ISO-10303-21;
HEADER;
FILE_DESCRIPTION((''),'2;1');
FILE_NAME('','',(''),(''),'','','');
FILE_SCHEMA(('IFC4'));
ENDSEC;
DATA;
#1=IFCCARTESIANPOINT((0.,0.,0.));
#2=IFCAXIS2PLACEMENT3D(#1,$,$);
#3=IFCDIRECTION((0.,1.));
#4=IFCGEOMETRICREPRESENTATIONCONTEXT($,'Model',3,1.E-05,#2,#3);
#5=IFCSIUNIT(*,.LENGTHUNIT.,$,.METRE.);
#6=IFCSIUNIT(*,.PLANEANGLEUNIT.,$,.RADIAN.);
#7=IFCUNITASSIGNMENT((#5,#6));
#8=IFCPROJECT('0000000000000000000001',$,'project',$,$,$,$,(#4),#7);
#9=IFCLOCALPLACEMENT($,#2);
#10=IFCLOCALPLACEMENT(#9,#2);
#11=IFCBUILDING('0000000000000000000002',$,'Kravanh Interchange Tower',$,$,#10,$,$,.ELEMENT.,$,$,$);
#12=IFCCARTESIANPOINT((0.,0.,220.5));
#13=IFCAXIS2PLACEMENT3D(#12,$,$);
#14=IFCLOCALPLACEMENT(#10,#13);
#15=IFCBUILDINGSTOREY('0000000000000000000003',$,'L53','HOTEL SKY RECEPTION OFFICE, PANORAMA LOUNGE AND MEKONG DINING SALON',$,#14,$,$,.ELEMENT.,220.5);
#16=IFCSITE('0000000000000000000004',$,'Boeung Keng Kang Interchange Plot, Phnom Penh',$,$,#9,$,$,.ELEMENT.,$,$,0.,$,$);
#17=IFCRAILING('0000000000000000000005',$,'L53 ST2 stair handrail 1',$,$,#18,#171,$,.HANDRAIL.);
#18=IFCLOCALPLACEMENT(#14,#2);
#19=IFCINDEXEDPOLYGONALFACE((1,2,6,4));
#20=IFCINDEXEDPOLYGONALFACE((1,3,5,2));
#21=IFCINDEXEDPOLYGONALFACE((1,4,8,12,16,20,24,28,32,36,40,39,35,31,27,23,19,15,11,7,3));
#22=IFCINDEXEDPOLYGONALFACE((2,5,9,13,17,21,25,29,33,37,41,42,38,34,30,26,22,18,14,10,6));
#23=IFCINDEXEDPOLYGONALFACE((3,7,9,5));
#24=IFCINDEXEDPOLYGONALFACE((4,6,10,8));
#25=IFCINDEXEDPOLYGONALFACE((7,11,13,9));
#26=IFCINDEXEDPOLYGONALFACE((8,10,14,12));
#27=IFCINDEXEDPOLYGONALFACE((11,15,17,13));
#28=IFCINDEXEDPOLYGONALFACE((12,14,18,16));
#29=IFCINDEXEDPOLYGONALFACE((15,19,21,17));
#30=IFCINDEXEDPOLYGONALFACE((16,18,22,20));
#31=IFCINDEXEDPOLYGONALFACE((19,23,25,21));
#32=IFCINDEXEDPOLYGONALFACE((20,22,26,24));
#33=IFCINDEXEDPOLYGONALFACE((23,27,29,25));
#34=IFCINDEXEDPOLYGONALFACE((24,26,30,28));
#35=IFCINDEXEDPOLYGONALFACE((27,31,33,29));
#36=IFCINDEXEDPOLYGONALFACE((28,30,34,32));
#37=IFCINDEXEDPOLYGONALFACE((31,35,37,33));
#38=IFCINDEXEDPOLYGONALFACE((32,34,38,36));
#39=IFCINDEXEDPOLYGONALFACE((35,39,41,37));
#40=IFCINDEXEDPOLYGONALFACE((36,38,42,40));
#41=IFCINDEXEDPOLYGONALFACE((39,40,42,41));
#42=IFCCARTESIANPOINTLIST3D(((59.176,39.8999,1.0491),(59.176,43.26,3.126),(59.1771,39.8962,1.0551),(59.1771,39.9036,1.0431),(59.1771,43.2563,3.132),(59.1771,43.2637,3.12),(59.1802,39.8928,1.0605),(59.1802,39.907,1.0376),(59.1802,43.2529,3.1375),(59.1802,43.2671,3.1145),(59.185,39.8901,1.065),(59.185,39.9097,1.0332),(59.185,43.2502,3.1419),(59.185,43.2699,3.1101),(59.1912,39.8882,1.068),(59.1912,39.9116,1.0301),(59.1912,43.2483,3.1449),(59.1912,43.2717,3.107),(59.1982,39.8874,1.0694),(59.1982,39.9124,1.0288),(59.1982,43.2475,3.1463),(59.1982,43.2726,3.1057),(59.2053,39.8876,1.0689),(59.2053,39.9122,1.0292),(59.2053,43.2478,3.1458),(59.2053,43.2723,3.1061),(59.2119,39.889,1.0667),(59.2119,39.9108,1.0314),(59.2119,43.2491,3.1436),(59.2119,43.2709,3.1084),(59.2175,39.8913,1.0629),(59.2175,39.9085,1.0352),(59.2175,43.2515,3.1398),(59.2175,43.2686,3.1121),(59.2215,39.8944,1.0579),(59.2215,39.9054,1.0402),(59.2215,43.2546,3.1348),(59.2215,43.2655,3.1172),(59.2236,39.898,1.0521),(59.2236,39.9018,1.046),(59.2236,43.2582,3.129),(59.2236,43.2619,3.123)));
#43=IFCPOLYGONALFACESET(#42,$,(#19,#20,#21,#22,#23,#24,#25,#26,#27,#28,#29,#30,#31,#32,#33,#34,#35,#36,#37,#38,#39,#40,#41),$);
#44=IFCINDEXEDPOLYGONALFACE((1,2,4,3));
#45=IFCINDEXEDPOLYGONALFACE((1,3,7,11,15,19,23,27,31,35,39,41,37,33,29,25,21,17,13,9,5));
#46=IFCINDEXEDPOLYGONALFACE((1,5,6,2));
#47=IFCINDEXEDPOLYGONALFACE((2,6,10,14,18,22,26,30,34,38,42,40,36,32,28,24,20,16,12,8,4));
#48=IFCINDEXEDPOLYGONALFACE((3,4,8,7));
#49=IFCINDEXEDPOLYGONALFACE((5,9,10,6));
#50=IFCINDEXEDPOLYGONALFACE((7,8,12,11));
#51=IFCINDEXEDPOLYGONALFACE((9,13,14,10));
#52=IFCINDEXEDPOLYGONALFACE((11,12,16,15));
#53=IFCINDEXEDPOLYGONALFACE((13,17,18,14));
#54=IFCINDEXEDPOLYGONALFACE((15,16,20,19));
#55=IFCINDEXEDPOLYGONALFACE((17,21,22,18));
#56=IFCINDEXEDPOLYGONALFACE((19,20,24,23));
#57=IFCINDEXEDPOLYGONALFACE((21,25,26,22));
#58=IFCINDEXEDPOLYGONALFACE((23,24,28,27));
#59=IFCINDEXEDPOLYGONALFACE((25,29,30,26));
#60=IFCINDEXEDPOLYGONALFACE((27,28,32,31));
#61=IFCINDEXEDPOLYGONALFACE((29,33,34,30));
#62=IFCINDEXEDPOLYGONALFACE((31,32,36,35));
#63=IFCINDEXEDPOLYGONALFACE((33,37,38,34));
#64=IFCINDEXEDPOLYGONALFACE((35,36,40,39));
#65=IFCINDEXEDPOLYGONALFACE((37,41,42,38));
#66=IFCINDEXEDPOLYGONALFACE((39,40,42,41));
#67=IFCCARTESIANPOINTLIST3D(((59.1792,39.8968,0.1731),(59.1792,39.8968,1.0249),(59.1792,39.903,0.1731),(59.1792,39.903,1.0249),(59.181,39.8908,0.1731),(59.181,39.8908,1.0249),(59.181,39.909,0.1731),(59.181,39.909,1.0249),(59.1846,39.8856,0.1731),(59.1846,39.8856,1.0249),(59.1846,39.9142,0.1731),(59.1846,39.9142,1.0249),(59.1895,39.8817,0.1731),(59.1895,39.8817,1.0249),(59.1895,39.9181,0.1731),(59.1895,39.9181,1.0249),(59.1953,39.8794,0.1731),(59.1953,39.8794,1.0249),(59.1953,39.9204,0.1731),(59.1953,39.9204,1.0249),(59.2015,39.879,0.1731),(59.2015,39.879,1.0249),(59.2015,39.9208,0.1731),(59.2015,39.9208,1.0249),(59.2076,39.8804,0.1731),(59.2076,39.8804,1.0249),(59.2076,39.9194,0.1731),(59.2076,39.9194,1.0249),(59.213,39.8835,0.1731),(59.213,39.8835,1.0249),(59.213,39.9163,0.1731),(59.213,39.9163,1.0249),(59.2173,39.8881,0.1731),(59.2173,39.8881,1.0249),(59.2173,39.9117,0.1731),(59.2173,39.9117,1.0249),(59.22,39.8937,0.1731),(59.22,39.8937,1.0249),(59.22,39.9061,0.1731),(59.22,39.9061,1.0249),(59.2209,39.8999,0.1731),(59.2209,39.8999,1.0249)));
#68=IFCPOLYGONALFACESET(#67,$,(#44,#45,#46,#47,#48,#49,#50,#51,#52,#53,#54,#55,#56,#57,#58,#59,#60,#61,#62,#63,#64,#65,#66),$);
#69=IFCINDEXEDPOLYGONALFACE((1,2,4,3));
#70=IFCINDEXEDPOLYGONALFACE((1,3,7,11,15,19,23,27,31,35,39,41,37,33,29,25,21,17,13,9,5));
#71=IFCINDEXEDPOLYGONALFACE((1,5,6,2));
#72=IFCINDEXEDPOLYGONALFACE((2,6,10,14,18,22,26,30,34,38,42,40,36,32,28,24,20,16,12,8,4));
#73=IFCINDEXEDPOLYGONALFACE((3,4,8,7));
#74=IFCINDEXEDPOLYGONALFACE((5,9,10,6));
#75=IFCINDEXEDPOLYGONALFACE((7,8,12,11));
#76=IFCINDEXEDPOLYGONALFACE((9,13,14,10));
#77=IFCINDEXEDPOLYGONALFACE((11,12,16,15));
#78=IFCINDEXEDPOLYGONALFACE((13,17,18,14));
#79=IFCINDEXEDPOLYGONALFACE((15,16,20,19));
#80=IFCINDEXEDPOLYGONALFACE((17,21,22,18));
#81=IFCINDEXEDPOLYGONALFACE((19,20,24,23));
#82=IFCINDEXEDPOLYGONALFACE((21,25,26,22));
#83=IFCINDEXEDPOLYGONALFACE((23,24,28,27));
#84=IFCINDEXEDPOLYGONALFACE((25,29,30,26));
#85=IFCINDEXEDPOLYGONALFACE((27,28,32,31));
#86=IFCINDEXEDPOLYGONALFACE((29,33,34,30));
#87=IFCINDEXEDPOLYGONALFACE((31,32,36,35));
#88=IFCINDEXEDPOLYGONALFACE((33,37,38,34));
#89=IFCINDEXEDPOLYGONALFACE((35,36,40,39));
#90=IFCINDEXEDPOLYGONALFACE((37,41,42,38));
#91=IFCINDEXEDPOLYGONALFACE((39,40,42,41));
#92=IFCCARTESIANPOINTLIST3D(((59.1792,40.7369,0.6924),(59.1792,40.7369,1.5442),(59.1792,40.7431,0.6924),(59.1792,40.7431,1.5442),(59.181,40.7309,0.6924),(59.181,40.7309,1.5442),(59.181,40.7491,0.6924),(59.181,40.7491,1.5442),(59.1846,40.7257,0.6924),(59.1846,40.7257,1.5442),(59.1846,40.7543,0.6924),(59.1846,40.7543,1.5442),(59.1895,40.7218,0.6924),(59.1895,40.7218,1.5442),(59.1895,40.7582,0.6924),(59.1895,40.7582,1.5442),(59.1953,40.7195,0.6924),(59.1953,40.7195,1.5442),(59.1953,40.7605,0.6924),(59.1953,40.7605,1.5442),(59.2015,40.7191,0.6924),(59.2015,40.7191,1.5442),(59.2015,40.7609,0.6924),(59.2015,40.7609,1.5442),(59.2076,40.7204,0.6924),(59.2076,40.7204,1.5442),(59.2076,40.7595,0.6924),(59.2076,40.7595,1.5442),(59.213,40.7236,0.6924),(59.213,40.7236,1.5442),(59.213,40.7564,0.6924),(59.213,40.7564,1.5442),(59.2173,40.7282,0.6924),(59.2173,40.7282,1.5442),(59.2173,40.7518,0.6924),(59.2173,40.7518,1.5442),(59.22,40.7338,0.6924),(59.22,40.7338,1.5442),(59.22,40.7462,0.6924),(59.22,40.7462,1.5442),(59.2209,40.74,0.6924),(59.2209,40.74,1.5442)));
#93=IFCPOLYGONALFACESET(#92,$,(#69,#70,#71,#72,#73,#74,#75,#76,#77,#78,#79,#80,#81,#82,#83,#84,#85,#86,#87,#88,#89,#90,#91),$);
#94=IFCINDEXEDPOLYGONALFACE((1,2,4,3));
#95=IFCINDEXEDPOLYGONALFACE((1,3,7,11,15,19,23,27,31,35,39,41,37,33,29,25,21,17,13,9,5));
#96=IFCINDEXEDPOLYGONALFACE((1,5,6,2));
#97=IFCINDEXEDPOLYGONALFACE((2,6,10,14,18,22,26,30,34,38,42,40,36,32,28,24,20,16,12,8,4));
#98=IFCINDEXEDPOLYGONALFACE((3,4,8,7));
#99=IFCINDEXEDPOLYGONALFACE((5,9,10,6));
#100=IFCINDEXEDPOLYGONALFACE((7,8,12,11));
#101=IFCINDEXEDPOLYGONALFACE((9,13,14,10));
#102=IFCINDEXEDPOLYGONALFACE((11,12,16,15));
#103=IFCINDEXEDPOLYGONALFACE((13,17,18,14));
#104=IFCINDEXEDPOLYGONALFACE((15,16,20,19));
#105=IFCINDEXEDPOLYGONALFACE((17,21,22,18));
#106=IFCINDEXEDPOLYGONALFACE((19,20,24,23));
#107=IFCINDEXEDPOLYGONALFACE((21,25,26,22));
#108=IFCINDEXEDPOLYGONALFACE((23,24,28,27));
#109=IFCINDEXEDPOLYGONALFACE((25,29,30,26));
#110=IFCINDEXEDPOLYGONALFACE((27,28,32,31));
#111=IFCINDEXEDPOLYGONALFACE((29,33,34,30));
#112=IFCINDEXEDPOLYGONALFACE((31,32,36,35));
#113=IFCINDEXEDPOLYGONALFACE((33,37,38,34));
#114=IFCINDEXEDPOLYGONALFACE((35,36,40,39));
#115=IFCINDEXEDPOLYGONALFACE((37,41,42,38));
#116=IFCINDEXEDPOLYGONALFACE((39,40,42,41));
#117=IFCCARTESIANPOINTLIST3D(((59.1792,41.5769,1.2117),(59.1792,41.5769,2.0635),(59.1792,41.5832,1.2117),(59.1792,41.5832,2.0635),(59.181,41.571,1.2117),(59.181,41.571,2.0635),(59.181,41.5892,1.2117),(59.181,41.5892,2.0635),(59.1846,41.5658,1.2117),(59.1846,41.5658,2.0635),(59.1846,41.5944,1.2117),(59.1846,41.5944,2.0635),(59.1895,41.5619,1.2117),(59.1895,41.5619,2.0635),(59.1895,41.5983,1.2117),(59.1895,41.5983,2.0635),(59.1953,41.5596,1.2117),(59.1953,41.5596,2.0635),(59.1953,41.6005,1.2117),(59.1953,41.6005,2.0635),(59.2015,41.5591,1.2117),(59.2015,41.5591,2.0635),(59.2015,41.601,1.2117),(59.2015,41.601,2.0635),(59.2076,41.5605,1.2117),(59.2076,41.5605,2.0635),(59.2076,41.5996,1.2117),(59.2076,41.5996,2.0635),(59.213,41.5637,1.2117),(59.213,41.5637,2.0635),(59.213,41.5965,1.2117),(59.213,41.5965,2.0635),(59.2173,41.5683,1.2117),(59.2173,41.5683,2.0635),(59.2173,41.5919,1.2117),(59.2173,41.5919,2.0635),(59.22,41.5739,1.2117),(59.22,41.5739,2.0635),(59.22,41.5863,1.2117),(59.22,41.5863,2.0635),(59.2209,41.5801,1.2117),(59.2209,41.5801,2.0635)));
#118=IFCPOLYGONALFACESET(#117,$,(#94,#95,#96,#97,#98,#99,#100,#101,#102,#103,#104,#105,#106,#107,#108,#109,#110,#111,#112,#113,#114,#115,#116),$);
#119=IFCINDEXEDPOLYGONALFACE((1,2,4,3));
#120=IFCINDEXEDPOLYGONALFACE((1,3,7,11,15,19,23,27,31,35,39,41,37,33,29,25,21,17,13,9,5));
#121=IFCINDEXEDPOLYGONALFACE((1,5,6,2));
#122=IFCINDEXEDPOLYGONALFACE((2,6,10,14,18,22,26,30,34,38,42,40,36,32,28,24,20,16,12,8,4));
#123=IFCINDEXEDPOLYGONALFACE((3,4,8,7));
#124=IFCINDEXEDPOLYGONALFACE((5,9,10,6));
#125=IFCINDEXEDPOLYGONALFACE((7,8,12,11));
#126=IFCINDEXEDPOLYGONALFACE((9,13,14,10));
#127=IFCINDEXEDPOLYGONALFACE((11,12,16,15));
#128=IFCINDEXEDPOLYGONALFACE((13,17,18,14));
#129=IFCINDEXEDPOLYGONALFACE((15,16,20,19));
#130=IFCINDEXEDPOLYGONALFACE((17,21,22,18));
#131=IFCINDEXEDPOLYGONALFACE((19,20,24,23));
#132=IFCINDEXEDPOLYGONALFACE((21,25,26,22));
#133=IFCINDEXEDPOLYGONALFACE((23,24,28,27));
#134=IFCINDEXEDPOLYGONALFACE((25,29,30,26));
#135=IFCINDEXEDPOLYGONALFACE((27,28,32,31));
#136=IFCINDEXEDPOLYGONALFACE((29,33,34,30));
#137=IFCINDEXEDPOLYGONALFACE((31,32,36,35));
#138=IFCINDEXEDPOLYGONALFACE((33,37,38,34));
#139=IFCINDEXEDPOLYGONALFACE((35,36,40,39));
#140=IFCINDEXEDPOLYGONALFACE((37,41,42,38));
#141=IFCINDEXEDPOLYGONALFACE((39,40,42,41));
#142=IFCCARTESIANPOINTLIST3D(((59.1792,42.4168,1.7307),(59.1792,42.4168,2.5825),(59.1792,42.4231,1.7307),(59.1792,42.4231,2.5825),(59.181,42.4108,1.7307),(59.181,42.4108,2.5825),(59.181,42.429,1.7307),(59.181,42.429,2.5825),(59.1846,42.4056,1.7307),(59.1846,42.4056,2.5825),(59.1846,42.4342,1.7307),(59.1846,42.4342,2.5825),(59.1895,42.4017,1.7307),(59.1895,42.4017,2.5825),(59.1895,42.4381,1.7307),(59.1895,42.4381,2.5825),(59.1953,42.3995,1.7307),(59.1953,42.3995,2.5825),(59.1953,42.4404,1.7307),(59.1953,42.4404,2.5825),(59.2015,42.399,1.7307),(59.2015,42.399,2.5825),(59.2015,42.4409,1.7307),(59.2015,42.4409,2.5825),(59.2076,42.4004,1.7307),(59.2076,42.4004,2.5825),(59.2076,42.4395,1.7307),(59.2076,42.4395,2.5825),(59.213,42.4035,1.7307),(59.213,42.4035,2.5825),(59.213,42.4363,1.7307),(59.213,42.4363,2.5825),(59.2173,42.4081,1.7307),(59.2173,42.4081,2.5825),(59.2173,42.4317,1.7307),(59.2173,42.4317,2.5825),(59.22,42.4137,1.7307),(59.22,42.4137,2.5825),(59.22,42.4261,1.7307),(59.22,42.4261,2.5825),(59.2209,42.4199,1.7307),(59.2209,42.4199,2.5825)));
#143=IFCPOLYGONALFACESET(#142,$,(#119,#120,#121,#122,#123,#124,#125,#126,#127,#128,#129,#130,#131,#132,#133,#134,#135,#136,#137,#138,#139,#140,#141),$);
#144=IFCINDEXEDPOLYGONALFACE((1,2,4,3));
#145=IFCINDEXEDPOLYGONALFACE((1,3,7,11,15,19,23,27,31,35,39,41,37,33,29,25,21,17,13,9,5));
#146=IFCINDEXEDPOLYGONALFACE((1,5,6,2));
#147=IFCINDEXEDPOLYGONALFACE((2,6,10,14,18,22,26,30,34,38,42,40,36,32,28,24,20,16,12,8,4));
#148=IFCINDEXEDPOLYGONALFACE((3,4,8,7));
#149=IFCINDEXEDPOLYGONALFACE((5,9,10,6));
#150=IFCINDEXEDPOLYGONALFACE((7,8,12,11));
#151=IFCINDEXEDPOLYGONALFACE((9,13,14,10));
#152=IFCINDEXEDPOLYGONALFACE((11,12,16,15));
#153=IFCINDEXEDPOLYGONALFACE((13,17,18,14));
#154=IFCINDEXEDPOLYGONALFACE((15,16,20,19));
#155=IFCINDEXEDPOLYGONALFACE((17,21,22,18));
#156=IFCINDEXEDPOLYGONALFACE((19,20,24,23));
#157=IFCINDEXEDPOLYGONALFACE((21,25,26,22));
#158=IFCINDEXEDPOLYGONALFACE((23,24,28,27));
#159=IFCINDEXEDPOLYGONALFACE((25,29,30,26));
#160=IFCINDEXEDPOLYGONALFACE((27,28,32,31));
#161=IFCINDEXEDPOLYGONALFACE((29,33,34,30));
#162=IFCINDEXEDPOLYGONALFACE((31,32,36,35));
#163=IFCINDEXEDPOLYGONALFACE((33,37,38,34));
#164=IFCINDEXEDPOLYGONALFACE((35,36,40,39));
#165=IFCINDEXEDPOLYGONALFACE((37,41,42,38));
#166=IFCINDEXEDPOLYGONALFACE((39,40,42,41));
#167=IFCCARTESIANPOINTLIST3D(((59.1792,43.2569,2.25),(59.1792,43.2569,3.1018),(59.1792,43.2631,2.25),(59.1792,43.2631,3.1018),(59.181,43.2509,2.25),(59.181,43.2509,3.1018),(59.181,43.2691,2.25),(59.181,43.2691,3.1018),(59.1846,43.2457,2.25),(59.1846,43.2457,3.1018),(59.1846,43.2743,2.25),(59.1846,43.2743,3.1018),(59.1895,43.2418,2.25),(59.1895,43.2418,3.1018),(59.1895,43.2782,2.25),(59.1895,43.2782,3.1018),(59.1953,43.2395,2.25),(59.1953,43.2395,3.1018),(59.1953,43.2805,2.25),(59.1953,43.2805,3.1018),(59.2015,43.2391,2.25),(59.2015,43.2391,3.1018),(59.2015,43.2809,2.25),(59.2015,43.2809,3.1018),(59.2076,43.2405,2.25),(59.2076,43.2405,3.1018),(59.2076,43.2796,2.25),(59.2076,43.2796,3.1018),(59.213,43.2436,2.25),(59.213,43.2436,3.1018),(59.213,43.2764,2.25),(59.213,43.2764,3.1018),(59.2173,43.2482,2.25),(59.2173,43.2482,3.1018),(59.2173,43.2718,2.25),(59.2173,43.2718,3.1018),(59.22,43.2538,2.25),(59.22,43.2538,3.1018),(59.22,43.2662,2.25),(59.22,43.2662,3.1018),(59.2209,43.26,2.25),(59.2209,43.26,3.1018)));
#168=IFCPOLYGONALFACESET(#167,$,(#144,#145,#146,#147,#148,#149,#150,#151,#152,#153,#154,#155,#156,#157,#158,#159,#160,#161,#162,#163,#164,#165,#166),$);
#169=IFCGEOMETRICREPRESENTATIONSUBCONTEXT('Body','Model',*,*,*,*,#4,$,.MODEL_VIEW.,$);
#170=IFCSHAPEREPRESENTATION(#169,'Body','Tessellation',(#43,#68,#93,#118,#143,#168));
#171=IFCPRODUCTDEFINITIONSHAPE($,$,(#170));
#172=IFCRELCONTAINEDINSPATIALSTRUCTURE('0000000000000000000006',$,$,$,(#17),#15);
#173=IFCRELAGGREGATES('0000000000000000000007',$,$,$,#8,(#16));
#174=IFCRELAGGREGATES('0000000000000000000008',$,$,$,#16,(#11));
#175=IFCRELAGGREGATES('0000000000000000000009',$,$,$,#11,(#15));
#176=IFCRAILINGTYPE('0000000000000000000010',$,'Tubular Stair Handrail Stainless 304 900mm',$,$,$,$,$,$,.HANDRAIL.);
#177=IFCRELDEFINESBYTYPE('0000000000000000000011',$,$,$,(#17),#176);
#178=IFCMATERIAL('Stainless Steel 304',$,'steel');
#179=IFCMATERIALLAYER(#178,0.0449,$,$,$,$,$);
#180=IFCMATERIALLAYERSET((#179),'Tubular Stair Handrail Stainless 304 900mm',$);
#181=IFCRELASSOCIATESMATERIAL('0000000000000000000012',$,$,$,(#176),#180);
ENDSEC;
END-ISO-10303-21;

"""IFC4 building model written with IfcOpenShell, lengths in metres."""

from ifc_helpers import new_model, si_unit, direction, frame, origin, origin_2d, place, context, subcontext, project, spatial, circle, extrude, material, layer, layer_set, type_object, element, save


model = new_model("IFC4")

# Units and contexts
model_context = context("Model", 3, precision=1e-05, world=origin(), true_north=direction((0.0, 1.0)))
body_context = subcontext(model_context, "Body", "Model", "MODEL_VIEW")
ifc_project = project(units=[si_unit("LENGTHUNIT", "METRE"), si_unit("PLANEANGLEUNIT", "RADIAN")], contexts=[model_context])

# Site, building, storey
site_placement = place(None, origin())
site = spatial("IfcSite", under=ifc_project, at=site_placement, Name="Boeung Keng Kang Interchange Plot, Phnom Penh", CompositionType="ELEMENT", RefElevation=0.0)
building_placement = place(site_placement, origin())
building = spatial("IfcBuilding", under=site, at=building_placement, Name="Kravanh Interchange Tower", CompositionType="ELEMENT")
storey_placement = place(building_placement, frame((0.0, 0.0, 220.5)))
storey = spatial("IfcBuildingStorey", under=building, at=storey_placement, Name="L53", Description="HOTEL SKY RECEPTION OFFICE, PANORAMA LOUNGE AND MEKONG DINING SALON", CompositionType="ELEMENT", Elevation=220.5)

# Railing
ifc_material_1 = material(Name="Stainless Steel 304", Category="steel")
ifc_layer_1 = layer(ifc_material_1, 0.0449)
ifc_layer_set_1 = layer_set([ifc_layer_1], Name="Tubular Stair Handrail Stainless 304 900mm")
railing_type_1 = type_object("IfcRailingType", Name="Tubular Stair Handrail Stainless 304 900mm", PredefinedType="HANDRAIL", material=ifc_layer_set_1)
railing_1_placement = place(storey_placement, frame((59.2, 39.8999, 0.1731)))
element("IfcRailing", 1, at=railing_1_placement, inside=storey, type_object=railing_type_1, Name="L53 ST2 stair handrail 1", PredefinedType="HANDRAIL", context=body_context, shape_type="SweptSolid", body=[
    extrude(circle(Radius=0.0239, at=origin_2d()), frame((0.0, 0.0, 0.876), z_axis=(0.0, 0.850623, 0.525776), x_axis=(-1.0, 0.0, 0.0)), (0.0, 0.0, 1.0), 3.9502),
    extrude(circle(Radius=0.021, at=origin_2d()), origin(), (0.0, 0.0, 1.0), 0.8518),
    extrude(circle(Radius=0.021, at=origin_2d()), frame((0.0, 0.8401, 0.5193)), (0.0, 0.0, 1.0), 0.8518),
    extrude(circle(Radius=0.021, at=origin_2d()), frame((0.0, 1.6802, 1.0386)), (0.0, 0.0, 1.0), 0.8518),
    extrude(circle(Radius=0.021, at=origin_2d()), frame((0.0, 2.52, 1.5576)), (0.0, 0.0, 1.0), 0.8518),
    extrude(circle(Radius=0.021, at=origin_2d()), frame((0.0, 3.3601, 2.0769)), (0.0, 0.0, 1.0), 0.8518),
])

save(model, "model.ifc")
